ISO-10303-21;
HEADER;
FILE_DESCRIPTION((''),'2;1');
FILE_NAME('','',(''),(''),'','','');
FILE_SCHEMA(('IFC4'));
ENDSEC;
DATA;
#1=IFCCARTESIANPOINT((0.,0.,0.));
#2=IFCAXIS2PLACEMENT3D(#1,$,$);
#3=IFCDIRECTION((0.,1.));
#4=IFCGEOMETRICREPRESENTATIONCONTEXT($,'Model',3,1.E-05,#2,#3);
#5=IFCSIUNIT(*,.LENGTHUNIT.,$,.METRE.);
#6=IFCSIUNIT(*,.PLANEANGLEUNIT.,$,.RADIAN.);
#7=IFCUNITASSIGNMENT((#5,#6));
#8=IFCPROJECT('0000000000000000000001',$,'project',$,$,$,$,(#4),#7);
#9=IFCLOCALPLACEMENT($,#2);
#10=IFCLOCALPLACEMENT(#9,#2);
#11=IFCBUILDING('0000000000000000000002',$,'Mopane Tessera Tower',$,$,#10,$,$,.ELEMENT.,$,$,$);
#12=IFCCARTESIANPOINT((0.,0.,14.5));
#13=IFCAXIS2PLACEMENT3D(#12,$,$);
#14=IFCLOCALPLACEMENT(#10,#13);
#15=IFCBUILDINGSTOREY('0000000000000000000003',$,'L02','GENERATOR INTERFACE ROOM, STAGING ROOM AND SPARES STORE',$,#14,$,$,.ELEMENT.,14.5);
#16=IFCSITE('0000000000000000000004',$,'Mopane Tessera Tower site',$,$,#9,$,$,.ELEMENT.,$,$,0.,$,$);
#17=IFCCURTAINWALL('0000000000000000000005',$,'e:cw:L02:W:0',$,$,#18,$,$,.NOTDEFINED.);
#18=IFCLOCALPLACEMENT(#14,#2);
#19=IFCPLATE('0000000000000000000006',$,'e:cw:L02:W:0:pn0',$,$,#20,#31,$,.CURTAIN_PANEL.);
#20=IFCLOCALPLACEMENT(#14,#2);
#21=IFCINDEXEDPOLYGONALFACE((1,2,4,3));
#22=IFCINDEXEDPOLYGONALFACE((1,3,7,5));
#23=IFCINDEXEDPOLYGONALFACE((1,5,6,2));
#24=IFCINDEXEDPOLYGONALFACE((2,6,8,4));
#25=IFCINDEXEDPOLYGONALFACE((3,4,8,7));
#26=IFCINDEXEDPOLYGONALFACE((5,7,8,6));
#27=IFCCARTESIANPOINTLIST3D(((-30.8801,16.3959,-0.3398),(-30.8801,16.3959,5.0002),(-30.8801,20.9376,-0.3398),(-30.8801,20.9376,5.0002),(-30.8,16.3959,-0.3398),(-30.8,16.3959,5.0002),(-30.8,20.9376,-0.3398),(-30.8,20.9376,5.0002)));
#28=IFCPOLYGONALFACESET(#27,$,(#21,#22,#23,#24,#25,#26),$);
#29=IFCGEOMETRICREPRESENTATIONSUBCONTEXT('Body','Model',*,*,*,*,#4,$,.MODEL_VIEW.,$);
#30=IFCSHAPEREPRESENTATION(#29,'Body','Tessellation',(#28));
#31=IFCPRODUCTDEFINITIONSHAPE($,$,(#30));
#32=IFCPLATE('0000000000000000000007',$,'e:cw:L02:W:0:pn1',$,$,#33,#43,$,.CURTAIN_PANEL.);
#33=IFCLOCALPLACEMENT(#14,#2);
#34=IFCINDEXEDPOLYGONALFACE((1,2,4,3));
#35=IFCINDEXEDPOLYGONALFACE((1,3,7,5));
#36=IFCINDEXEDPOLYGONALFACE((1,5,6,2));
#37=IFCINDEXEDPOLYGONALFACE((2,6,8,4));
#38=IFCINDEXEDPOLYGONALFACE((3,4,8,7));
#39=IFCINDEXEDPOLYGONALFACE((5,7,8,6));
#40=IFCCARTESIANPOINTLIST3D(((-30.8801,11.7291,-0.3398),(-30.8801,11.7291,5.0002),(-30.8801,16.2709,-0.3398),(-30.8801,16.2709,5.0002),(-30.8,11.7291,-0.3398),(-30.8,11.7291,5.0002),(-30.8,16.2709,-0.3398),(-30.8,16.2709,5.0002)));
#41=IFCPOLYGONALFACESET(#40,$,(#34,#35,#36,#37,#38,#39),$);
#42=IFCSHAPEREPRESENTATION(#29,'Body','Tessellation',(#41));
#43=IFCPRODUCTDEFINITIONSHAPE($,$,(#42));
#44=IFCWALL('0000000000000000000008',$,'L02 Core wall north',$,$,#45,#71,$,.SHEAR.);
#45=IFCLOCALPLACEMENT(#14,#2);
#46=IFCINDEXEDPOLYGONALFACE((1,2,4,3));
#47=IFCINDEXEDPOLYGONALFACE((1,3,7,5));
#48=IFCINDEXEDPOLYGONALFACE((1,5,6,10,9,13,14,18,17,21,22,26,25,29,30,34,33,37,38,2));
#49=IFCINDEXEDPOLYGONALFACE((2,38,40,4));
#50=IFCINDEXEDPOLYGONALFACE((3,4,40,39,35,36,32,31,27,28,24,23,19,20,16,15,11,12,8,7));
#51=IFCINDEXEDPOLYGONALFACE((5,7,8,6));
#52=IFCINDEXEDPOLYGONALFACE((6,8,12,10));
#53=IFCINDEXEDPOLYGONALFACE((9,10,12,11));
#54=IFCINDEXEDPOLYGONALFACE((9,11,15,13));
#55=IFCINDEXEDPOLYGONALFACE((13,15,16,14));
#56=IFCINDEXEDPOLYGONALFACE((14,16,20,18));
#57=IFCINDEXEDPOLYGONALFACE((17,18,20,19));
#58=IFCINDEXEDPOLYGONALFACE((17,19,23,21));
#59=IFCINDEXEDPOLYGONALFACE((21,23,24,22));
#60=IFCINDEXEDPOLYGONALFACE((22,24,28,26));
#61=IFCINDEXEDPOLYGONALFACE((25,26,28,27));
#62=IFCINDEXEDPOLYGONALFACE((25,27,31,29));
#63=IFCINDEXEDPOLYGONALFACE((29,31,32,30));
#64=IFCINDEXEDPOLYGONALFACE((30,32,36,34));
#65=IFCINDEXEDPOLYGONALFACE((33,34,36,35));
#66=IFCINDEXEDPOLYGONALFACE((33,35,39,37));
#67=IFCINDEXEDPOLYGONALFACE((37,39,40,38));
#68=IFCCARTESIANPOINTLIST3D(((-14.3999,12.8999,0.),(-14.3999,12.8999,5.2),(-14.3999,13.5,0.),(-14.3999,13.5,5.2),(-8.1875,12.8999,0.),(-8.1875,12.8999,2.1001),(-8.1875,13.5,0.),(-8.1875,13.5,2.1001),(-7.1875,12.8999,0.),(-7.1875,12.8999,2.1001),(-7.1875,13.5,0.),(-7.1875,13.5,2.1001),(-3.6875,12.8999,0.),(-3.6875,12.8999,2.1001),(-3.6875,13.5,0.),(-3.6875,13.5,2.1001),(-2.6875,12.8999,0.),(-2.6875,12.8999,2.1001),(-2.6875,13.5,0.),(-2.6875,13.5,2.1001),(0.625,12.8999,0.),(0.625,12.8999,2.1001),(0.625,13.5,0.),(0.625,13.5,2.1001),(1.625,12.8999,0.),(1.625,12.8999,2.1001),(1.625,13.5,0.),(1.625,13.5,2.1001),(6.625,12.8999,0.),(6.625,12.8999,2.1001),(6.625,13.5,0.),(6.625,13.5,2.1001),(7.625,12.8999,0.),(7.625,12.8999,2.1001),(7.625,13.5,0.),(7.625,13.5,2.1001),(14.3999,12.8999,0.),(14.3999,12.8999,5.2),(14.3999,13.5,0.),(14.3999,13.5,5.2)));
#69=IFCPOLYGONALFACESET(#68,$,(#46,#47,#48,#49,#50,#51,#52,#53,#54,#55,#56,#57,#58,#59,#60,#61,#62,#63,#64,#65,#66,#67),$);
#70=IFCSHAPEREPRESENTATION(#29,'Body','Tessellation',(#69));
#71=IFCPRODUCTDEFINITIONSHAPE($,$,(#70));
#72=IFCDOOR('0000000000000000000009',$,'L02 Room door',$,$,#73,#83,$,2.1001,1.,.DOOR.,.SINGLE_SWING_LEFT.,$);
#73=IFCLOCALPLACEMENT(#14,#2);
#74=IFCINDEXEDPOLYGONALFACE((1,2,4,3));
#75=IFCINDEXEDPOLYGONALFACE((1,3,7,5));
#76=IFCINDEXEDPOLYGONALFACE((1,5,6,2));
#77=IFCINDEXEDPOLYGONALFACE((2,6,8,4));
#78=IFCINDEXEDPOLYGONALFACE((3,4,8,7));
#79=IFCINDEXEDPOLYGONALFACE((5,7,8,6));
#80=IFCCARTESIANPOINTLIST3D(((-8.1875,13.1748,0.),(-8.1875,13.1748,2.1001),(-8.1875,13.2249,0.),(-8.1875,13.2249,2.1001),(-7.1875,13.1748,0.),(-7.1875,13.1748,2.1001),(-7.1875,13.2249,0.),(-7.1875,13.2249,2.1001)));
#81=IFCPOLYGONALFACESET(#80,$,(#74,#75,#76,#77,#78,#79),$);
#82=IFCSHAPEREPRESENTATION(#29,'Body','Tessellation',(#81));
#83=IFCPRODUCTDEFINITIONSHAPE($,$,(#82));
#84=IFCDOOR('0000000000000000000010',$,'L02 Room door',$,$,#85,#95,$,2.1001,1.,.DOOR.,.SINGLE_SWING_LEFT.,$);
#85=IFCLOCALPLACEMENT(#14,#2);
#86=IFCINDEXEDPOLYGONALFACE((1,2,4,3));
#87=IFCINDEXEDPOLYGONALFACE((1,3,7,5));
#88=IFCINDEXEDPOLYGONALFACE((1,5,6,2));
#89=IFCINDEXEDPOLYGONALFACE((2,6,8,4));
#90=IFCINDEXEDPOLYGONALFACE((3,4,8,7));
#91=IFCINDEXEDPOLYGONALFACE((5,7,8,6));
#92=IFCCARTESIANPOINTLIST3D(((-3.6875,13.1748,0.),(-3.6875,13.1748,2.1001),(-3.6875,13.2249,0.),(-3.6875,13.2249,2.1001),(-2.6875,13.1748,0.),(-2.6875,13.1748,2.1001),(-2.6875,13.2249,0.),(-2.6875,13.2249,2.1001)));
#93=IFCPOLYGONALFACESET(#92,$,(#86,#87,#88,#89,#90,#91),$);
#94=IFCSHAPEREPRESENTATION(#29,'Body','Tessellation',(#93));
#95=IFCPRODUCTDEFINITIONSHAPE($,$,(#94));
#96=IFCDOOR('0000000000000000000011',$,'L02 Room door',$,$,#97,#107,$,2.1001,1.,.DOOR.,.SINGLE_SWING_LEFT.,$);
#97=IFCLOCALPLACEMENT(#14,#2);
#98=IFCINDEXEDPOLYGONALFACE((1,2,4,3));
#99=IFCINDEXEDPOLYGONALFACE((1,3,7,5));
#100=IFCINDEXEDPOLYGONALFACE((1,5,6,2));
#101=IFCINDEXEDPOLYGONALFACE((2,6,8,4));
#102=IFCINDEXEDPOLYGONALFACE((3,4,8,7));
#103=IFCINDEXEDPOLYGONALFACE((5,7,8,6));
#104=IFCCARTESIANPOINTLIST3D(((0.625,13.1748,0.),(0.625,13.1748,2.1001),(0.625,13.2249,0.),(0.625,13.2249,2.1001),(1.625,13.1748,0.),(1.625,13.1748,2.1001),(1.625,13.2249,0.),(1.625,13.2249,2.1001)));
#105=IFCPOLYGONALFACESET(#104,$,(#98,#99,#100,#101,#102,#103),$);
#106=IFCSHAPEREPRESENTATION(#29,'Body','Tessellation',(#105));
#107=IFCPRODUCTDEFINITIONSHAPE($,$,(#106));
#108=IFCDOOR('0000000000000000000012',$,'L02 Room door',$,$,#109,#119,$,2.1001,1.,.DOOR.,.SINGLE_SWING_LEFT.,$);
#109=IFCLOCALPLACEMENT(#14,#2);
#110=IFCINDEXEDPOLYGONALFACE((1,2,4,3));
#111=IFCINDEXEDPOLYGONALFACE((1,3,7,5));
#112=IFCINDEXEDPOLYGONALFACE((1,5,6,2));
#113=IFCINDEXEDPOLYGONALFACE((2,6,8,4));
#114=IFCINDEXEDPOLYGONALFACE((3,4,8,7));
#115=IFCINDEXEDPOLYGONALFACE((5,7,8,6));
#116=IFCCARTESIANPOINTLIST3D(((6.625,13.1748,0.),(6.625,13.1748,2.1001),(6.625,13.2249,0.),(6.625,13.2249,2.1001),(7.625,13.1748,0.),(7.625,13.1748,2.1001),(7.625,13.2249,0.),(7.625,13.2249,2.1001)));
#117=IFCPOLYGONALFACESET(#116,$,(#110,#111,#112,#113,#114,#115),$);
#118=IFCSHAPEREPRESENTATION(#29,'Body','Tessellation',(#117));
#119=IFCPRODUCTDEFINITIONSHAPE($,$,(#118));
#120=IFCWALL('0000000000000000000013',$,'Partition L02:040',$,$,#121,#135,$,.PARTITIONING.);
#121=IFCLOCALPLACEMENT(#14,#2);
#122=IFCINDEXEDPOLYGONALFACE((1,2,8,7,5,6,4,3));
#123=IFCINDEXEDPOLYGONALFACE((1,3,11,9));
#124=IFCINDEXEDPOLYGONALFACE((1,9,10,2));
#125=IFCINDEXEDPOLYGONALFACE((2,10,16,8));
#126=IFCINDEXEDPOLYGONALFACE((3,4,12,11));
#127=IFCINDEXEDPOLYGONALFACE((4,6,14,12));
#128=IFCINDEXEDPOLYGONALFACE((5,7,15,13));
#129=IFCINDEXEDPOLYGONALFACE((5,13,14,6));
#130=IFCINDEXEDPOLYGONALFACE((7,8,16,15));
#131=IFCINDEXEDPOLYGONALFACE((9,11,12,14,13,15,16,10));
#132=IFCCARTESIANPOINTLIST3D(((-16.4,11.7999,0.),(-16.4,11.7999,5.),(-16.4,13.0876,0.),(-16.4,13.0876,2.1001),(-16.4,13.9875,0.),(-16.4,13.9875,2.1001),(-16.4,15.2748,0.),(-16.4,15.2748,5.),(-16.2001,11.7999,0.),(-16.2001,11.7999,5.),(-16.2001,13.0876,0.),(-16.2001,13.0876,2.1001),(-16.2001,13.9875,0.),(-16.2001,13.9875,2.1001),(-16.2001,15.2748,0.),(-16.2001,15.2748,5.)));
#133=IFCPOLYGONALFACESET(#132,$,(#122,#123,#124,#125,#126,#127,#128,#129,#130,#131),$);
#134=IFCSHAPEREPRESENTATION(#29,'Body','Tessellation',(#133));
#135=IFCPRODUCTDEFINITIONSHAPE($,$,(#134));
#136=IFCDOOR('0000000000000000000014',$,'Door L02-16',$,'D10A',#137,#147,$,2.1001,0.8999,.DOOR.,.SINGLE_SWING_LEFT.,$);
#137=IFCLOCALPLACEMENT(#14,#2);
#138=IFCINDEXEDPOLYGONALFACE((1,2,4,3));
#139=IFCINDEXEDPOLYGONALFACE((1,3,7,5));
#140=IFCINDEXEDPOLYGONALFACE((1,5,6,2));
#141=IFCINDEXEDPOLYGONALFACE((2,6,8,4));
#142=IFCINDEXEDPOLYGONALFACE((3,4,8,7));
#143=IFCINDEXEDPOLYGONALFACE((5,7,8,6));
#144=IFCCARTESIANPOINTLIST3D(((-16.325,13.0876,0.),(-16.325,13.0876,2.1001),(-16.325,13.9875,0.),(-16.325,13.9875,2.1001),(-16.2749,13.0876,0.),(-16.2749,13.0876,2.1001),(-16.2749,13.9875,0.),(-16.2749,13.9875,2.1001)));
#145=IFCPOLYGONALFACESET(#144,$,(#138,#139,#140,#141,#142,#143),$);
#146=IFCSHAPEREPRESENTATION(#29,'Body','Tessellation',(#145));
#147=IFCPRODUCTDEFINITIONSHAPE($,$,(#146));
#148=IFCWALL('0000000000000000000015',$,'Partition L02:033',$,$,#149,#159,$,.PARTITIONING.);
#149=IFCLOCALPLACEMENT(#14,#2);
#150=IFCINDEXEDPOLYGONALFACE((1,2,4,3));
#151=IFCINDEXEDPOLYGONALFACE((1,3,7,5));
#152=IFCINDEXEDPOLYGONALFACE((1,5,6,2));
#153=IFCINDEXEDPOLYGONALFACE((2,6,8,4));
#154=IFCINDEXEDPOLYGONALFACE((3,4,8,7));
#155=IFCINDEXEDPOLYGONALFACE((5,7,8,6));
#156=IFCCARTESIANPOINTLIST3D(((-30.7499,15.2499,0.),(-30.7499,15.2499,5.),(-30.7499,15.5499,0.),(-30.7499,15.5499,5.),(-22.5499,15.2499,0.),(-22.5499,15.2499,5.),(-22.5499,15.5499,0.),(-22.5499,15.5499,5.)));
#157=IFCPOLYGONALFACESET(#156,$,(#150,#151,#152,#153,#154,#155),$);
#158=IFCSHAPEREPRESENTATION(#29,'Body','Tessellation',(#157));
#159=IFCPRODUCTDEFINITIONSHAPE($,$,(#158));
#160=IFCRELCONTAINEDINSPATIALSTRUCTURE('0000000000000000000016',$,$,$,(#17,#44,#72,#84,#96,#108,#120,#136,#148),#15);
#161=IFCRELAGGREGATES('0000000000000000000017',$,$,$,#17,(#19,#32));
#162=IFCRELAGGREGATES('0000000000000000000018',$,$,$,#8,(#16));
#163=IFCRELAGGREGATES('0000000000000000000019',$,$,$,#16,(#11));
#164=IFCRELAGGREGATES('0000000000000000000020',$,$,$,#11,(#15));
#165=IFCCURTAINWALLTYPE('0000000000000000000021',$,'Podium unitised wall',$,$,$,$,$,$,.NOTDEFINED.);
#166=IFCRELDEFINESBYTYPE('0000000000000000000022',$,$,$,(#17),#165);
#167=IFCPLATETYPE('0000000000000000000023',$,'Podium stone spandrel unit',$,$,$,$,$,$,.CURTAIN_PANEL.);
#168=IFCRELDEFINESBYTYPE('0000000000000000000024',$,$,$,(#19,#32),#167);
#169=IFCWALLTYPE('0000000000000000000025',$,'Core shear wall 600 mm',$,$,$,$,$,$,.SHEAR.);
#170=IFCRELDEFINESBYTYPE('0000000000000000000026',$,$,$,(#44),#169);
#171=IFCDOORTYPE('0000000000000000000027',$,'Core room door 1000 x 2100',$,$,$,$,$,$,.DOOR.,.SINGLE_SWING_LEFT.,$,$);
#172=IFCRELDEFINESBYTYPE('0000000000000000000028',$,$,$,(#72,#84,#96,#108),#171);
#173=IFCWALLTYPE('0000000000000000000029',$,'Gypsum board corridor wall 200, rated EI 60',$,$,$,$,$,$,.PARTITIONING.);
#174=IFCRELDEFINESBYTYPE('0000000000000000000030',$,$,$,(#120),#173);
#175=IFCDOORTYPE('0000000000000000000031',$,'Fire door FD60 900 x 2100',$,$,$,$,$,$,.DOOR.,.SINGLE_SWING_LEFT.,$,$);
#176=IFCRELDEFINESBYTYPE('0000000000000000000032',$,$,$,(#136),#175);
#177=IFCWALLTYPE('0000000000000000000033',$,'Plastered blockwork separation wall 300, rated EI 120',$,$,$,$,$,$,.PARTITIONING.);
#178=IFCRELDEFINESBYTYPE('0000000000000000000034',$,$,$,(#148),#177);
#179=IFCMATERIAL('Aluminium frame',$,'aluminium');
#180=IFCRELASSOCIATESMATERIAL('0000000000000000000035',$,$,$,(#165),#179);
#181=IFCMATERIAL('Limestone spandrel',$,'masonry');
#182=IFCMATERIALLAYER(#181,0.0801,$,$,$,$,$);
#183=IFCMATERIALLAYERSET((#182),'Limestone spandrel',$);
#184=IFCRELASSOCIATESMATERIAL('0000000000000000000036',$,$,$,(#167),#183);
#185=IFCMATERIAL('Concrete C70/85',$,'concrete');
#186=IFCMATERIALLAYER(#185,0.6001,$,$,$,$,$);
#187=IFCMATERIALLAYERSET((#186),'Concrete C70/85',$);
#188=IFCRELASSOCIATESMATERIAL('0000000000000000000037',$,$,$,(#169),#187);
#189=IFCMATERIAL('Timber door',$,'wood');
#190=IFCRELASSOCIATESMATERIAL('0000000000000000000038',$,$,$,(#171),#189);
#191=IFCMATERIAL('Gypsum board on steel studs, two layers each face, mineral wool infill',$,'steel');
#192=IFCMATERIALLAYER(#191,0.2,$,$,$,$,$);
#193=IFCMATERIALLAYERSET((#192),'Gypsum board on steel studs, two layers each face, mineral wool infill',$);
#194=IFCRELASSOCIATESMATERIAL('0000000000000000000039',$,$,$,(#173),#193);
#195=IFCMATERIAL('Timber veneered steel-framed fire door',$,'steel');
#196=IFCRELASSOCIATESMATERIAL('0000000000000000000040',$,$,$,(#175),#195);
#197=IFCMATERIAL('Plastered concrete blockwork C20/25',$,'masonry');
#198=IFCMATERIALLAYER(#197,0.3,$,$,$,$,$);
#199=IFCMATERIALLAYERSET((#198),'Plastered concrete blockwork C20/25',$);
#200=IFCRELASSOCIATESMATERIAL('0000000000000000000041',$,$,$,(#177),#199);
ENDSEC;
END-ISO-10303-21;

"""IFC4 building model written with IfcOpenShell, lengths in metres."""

from ifc_helpers import new_model, si_unit, direction, frame, frame_2d, origin, origin_2d, place, context, subcontext, project, spatial, rectangle, extrude, material, layer, layer_set, type_object, element, fill, aggregate, save


model = new_model("IFC4")

# Units and contexts
model_context = context("Model", 3, precision=1e-05, world=origin(), true_north=direction((0.0, 1.0)))
body_context = subcontext(model_context, "Body", "Model", "MODEL_VIEW")
ifc_project = project(units=[si_unit("LENGTHUNIT", "METRE"), si_unit("PLANEANGLEUNIT", "RADIAN")], contexts=[model_context])

# Site, building, storey
site_placement = place(None, origin())
site = spatial("IfcSite", under=ifc_project, at=site_placement, Name="Mopane Tessera Tower site", CompositionType="ELEMENT", RefElevation=0.0)
building_placement = place(site_placement, origin())
building = spatial("IfcBuilding", under=site, at=building_placement, Name="Mopane Tessera Tower", CompositionType="ELEMENT")
storey_placement = place(building_placement, frame((0.0, 0.0, 14.5)))
storey = spatial("IfcBuildingStorey", under=building, at=storey_placement, Name="L02", Description="GENERATOR INTERFACE ROOM, STAGING ROOM AND SPARES STORE", CompositionType="ELEMENT", Elevation=14.5)

# Curtain wall
ifc_material_1 = material(Name="Aluminium frame", Category="aluminium")
curtain_wall_type = type_object("IfcCurtainWallType", Name="Podium unitised wall", PredefinedType="NOTDEFINED", material=ifc_material_1)
curtain_wall_1_placement = place(storey_placement, origin())
curtain_wall_1 = element("IfcCurtainWall", 1, at=curtain_wall_1_placement, inside=storey, type_object=curtain_wall_type, Name="e:cw:L02:W:0", PredefinedType="NOTDEFINED")

# Plates
ifc_material_2 = material(Name="Limestone spandrel", Category="masonry")
ifc_layer_1 = layer(ifc_material_2, 0.0801)
ifc_layer_set_1 = layer_set([ifc_layer_1], Name="Limestone spandrel")
plate_type = type_object("IfcPlateType", Name="Podium stone spandrel unit", PredefinedType="CURTAIN_PANEL", material=ifc_layer_set_1)
plate_1_placement = place(storey_placement, frame((-30.8401, 18.6667, -0.3398), z_axis=(0.0, 0.0, 1.0), x_axis=(0.0, -1.0, 0.0)))
plate_1 = element("IfcPlate", 2, at=plate_1_placement, type_object=plate_type, Name="e:cw:L02:W:0:pn0", PredefinedType="CURTAIN_PANEL", context=body_context, shape_type="SweptSolid", body=[
    extrude(rectangle(XDim=4.5417, YDim=0.0801, at=origin_2d()), origin(), (0.0, 0.0, 1.0), 5.3401),
])
plate_2_placement = place(storey_placement, frame((-30.8401, 14.0, -0.3398), z_axis=(0.0, 0.0, 1.0), x_axis=(0.0, -1.0, 0.0)))
plate_2 = element("IfcPlate", 3, at=plate_2_placement, type_object=plate_type, Name="e:cw:L02:W:0:pn1", PredefinedType="CURTAIN_PANEL", context=body_context, shape_type="SweptSolid", body=[
    extrude(rectangle(XDim=4.5417, YDim=0.0801, at=origin_2d()), origin(), (0.0, 0.0, 1.0), 5.3401),
])
aggregate(curtain_wall_1, [plate_1, plate_2])

# Wall, openings, doors
ifc_material_3 = material(Name="Concrete C70/85", Category="concrete")
ifc_layer_2 = layer(ifc_material_3, 0.6001)
ifc_layer_set_2 = layer_set([ifc_layer_2], Name="Concrete C70/85")
wall_type_1 = type_object("IfcWallType", Name="Core shear wall 600 mm", PredefinedType="SHEAR", material=ifc_layer_set_2)
wall_1_placement = place(storey_placement, frame((-14.3999, 13.2, 0.0), z_axis=(0.0, 0.0, 1.0), x_axis=(1.0, 0.0, 0.0)))
wall_1 = element("IfcWall", 4, at=wall_1_placement, inside=storey, type_object=wall_type_1, Name="L02 Core wall north", PredefinedType="SHEAR", context=body_context, shape_type="SweptSolid", body=[
    extrude(rectangle(XDim=28.7998, YDim=0.6001, at=frame_2d((14.3999, 0.0))), origin(), (0.0, 0.0, 1.0), 5.2),
])
opening_1_placement = place(wall_1_placement, frame((6.2124, 0.0, 0.0)))
opening_1 = element("IfcOpeningElement", 5, at=opening_1_placement, cuts=wall_1, PredefinedType="OPENING", context=body_context, shape_type="SweptSolid", body=[
    extrude(rectangle(XDim=1.0, YDim=2.1001, at=frame_2d((0.5, 1.05))), frame((0.0, 0.312, 0.0), z_axis=(0.0, -1.0, 0.0), x_axis=(1.0, 0.0, 0.0)), (0.0, 0.0, 1.0), 0.624),
])
opening_2_placement = place(wall_1_placement, frame((10.7124, 0.0, 0.0)))
opening_2 = element("IfcOpeningElement", 6, at=opening_2_placement, cuts=wall_1, PredefinedType="OPENING", context=body_context, shape_type="SweptSolid", body=[
    extrude(rectangle(XDim=1.0, YDim=2.1001, at=frame_2d((0.5, 1.05))), frame((0.0, 0.312, 0.0), z_axis=(0.0, -1.0, 0.0), x_axis=(1.0, 0.0, 0.0)), (0.0, 0.0, 1.0), 0.624),
])
opening_3_placement = place(wall_1_placement, frame((15.0249, 0.0, 0.0)))
opening_3 = element("IfcOpeningElement", 7, at=opening_3_placement, cuts=wall_1, PredefinedType="OPENING", context=body_context, shape_type="SweptSolid", body=[
    extrude(rectangle(XDim=1.0, YDim=2.1001, at=frame_2d((0.5, 1.05))), frame((0.0, 0.312, 0.0), z_axis=(0.0, -1.0, 0.0), x_axis=(1.0, 0.0, 0.0)), (0.0, 0.0, 1.0), 0.624),
])
opening_4_placement = place(wall_1_placement, frame((21.0249, 0.0, 0.0)))
opening_4 = element("IfcOpeningElement", 8, at=opening_4_placement, cuts=wall_1, PredefinedType="OPENING", context=body_context, shape_type="SweptSolid", body=[
    extrude(rectangle(XDim=1.0, YDim=2.1001, at=frame_2d((0.5, 1.05))), frame((0.0, 0.312, 0.0), z_axis=(0.0, -1.0, 0.0), x_axis=(1.0, 0.0, 0.0)), (0.0, 0.0, 1.0), 0.624),
])
ifc_material_4 = material(Name="Timber door", Category="wood")
door_type_1 = type_object("IfcDoorType", Name="Core room door 1000 x 2100", OperationType="SINGLE_SWING_LEFT", PredefinedType="DOOR", material=ifc_material_4)
door_1_placement = place(opening_1_placement, origin())
door_1 = element("IfcDoor", 9, at=door_1_placement, inside=storey, type_object=door_type_1, Name="L02 Room door", OperationType="SINGLE_SWING_LEFT", OverallHeight=2.1001, OverallWidth=1.0, PredefinedType="DOOR", context=body_context, shape_type="SweptSolid", body=[
    extrude(rectangle(XDim=1.0, YDim=2.1001, at=frame_2d((0.5, 1.05))), frame((0.0, 0.0249, 0.0), z_axis=(0.0, -1.0, 0.0), x_axis=(1.0, 0.0, 0.0)), (0.0, 0.0, 1.0), 0.05),
])
fill(opening_1, door_1)
door_2_placement = place(opening_2_placement, origin())
door_2 = element("IfcDoor", 10, at=door_2_placement, inside=storey, type_object=door_type_1, Name="L02 Room door", OperationType="SINGLE_SWING_LEFT", OverallHeight=2.1001, OverallWidth=1.0, PredefinedType="DOOR", context=body_context, shape_type="SweptSolid", body=[
    extrude(rectangle(XDim=1.0, YDim=2.1001, at=frame_2d((0.5, 1.05))), frame((0.0, 0.0249, 0.0), z_axis=(0.0, -1.0, 0.0), x_axis=(1.0, 0.0, 0.0)), (0.0, 0.0, 1.0), 0.05),
])
fill(opening_2, door_2)
door_3_placement = place(opening_3_placement, origin())
door_3 = element("IfcDoor", 11, at=door_3_placement, inside=storey, type_object=door_type_1, Name="L02 Room door", OperationType="SINGLE_SWING_LEFT", OverallHeight=2.1001, OverallWidth=1.0, PredefinedType="DOOR", context=body_context, shape_type="SweptSolid", body=[
    extrude(rectangle(XDim=1.0, YDim=2.1001, at=frame_2d((0.5, 1.05))), frame((0.0, 0.0249, 0.0), z_axis=(0.0, -1.0, 0.0), x_axis=(1.0, 0.0, 0.0)), (0.0, 0.0, 1.0), 0.05),
])
fill(opening_3, door_3)
door_4_placement = place(opening_4_placement, origin())
door_4 = element("IfcDoor", 12, at=door_4_placement, inside=storey, type_object=door_type_1, Name="L02 Room door", OperationType="SINGLE_SWING_LEFT", OverallHeight=2.1001, OverallWidth=1.0, PredefinedType="DOOR", context=body_context, shape_type="SweptSolid", body=[
    extrude(rectangle(XDim=1.0, YDim=2.1001, at=frame_2d((0.5, 1.05))), frame((0.0, 0.0249, 0.0), z_axis=(0.0, -1.0, 0.0), x_axis=(1.0, 0.0, 0.0)), (0.0, 0.0, 1.0), 0.05),
])
fill(opening_4, door_4)

# Wall, opening, door
ifc_material_5 = material(Name="Gypsum board on steel studs, two layers each face, mineral wool infill", Category="steel")
ifc_layer_3 = layer(ifc_material_5, 0.2)
ifc_layer_set_3 = layer_set([ifc_layer_3], Name="Gypsum board on steel studs, two layers each face, mineral wool infill")
wall_type_2 = type_object("IfcWallType", Name="Gypsum board corridor wall 200, rated EI 60", PredefinedType="PARTITIONING", material=ifc_layer_set_3)
wall_2_placement = place(storey_placement, frame((-16.3, 11.8, 0.0), z_axis=(0.0, 0.0, 1.0), x_axis=(0.0, 1.0, 0.0)))
wall_2 = element("IfcWall", 13, at=wall_2_placement, inside=storey, type_object=wall_type_2, Name="Partition L02:040", PredefinedType="PARTITIONING", context=body_context, shape_type="SweptSolid", body=[
    extrude(rectangle(XDim=3.4749, YDim=0.2, at=frame_2d((1.7373, 0.0))), origin(), (0.0, 0.0, 1.0), 5.0),
])
opening_5_placement = place(wall_2_placement, frame((1.2876, 0.0, 0.0)))
opening_5 = element("IfcOpeningElement", 14, at=opening_5_placement, cuts=wall_2, PredefinedType="OPENING", context=body_context, shape_type="SweptSolid", body=[
    extrude(rectangle(XDim=0.8999, YDim=2.1001, at=frame_2d((0.45, 1.05))), frame((0.0, 0.1121, 0.0), z_axis=(0.0, -1.0, 0.0), x_axis=(1.0, 0.0, 0.0)), (0.0, 0.0, 1.0), 0.2239),
])
ifc_material_6 = material(Name="Timber veneered steel-framed fire door", Category="steel")
door_type_2 = type_object("IfcDoorType", Name="Fire door FD60 900 x 2100", OperationType="SINGLE_SWING_LEFT", PredefinedType="DOOR", material=ifc_material_6)
door_5_placement = place(opening_5_placement, origin())
door_5 = element("IfcDoor", 15, at=door_5_placement, inside=storey, type_object=door_type_2, Name="Door L02-16", ObjectType="D10A", OperationType="SINGLE_SWING_LEFT", OverallHeight=2.1001, OverallWidth=0.8999, PredefinedType="DOOR", context=body_context, shape_type="SweptSolid", body=[
    extrude(rectangle(XDim=0.8999, YDim=2.1001, at=frame_2d((0.45, 1.05))), frame((0.0, 0.0249, 0.0), z_axis=(0.0, -1.0, 0.0), x_axis=(1.0, 0.0, 0.0)), (0.0, 0.0, 1.0), 0.05),
])
fill(opening_5, door_5)

# Wall
ifc_material_7 = material(Name="Plastered concrete blockwork C20/25", Category="masonry")
ifc_layer_4 = layer(ifc_material_7, 0.3)
ifc_layer_set_4 = layer_set([ifc_layer_4], Name="Plastered concrete blockwork C20/25")
wall_type_3 = type_object("IfcWallType", Name="Plastered blockwork separation wall 300, rated EI 120", PredefinedType="PARTITIONING", material=ifc_layer_set_4)
wall_3_placement = place(storey_placement, frame((-30.75, 15.3999, 0.0), z_axis=(0.0, 0.0, 1.0), x_axis=(1.0, 0.0, 0.0)))
element("IfcWall", 16, at=wall_3_placement, inside=storey, type_object=wall_type_3, Name="Partition L02:033", PredefinedType="PARTITIONING", context=body_context, shape_type="SweptSolid", body=[
    extrude(rectangle(XDim=8.2, YDim=0.3, at=frame_2d((4.1001, 0.0))), origin(), (0.0, 0.0, 1.0), 5.0),
])

save(model, "model.ifc")
